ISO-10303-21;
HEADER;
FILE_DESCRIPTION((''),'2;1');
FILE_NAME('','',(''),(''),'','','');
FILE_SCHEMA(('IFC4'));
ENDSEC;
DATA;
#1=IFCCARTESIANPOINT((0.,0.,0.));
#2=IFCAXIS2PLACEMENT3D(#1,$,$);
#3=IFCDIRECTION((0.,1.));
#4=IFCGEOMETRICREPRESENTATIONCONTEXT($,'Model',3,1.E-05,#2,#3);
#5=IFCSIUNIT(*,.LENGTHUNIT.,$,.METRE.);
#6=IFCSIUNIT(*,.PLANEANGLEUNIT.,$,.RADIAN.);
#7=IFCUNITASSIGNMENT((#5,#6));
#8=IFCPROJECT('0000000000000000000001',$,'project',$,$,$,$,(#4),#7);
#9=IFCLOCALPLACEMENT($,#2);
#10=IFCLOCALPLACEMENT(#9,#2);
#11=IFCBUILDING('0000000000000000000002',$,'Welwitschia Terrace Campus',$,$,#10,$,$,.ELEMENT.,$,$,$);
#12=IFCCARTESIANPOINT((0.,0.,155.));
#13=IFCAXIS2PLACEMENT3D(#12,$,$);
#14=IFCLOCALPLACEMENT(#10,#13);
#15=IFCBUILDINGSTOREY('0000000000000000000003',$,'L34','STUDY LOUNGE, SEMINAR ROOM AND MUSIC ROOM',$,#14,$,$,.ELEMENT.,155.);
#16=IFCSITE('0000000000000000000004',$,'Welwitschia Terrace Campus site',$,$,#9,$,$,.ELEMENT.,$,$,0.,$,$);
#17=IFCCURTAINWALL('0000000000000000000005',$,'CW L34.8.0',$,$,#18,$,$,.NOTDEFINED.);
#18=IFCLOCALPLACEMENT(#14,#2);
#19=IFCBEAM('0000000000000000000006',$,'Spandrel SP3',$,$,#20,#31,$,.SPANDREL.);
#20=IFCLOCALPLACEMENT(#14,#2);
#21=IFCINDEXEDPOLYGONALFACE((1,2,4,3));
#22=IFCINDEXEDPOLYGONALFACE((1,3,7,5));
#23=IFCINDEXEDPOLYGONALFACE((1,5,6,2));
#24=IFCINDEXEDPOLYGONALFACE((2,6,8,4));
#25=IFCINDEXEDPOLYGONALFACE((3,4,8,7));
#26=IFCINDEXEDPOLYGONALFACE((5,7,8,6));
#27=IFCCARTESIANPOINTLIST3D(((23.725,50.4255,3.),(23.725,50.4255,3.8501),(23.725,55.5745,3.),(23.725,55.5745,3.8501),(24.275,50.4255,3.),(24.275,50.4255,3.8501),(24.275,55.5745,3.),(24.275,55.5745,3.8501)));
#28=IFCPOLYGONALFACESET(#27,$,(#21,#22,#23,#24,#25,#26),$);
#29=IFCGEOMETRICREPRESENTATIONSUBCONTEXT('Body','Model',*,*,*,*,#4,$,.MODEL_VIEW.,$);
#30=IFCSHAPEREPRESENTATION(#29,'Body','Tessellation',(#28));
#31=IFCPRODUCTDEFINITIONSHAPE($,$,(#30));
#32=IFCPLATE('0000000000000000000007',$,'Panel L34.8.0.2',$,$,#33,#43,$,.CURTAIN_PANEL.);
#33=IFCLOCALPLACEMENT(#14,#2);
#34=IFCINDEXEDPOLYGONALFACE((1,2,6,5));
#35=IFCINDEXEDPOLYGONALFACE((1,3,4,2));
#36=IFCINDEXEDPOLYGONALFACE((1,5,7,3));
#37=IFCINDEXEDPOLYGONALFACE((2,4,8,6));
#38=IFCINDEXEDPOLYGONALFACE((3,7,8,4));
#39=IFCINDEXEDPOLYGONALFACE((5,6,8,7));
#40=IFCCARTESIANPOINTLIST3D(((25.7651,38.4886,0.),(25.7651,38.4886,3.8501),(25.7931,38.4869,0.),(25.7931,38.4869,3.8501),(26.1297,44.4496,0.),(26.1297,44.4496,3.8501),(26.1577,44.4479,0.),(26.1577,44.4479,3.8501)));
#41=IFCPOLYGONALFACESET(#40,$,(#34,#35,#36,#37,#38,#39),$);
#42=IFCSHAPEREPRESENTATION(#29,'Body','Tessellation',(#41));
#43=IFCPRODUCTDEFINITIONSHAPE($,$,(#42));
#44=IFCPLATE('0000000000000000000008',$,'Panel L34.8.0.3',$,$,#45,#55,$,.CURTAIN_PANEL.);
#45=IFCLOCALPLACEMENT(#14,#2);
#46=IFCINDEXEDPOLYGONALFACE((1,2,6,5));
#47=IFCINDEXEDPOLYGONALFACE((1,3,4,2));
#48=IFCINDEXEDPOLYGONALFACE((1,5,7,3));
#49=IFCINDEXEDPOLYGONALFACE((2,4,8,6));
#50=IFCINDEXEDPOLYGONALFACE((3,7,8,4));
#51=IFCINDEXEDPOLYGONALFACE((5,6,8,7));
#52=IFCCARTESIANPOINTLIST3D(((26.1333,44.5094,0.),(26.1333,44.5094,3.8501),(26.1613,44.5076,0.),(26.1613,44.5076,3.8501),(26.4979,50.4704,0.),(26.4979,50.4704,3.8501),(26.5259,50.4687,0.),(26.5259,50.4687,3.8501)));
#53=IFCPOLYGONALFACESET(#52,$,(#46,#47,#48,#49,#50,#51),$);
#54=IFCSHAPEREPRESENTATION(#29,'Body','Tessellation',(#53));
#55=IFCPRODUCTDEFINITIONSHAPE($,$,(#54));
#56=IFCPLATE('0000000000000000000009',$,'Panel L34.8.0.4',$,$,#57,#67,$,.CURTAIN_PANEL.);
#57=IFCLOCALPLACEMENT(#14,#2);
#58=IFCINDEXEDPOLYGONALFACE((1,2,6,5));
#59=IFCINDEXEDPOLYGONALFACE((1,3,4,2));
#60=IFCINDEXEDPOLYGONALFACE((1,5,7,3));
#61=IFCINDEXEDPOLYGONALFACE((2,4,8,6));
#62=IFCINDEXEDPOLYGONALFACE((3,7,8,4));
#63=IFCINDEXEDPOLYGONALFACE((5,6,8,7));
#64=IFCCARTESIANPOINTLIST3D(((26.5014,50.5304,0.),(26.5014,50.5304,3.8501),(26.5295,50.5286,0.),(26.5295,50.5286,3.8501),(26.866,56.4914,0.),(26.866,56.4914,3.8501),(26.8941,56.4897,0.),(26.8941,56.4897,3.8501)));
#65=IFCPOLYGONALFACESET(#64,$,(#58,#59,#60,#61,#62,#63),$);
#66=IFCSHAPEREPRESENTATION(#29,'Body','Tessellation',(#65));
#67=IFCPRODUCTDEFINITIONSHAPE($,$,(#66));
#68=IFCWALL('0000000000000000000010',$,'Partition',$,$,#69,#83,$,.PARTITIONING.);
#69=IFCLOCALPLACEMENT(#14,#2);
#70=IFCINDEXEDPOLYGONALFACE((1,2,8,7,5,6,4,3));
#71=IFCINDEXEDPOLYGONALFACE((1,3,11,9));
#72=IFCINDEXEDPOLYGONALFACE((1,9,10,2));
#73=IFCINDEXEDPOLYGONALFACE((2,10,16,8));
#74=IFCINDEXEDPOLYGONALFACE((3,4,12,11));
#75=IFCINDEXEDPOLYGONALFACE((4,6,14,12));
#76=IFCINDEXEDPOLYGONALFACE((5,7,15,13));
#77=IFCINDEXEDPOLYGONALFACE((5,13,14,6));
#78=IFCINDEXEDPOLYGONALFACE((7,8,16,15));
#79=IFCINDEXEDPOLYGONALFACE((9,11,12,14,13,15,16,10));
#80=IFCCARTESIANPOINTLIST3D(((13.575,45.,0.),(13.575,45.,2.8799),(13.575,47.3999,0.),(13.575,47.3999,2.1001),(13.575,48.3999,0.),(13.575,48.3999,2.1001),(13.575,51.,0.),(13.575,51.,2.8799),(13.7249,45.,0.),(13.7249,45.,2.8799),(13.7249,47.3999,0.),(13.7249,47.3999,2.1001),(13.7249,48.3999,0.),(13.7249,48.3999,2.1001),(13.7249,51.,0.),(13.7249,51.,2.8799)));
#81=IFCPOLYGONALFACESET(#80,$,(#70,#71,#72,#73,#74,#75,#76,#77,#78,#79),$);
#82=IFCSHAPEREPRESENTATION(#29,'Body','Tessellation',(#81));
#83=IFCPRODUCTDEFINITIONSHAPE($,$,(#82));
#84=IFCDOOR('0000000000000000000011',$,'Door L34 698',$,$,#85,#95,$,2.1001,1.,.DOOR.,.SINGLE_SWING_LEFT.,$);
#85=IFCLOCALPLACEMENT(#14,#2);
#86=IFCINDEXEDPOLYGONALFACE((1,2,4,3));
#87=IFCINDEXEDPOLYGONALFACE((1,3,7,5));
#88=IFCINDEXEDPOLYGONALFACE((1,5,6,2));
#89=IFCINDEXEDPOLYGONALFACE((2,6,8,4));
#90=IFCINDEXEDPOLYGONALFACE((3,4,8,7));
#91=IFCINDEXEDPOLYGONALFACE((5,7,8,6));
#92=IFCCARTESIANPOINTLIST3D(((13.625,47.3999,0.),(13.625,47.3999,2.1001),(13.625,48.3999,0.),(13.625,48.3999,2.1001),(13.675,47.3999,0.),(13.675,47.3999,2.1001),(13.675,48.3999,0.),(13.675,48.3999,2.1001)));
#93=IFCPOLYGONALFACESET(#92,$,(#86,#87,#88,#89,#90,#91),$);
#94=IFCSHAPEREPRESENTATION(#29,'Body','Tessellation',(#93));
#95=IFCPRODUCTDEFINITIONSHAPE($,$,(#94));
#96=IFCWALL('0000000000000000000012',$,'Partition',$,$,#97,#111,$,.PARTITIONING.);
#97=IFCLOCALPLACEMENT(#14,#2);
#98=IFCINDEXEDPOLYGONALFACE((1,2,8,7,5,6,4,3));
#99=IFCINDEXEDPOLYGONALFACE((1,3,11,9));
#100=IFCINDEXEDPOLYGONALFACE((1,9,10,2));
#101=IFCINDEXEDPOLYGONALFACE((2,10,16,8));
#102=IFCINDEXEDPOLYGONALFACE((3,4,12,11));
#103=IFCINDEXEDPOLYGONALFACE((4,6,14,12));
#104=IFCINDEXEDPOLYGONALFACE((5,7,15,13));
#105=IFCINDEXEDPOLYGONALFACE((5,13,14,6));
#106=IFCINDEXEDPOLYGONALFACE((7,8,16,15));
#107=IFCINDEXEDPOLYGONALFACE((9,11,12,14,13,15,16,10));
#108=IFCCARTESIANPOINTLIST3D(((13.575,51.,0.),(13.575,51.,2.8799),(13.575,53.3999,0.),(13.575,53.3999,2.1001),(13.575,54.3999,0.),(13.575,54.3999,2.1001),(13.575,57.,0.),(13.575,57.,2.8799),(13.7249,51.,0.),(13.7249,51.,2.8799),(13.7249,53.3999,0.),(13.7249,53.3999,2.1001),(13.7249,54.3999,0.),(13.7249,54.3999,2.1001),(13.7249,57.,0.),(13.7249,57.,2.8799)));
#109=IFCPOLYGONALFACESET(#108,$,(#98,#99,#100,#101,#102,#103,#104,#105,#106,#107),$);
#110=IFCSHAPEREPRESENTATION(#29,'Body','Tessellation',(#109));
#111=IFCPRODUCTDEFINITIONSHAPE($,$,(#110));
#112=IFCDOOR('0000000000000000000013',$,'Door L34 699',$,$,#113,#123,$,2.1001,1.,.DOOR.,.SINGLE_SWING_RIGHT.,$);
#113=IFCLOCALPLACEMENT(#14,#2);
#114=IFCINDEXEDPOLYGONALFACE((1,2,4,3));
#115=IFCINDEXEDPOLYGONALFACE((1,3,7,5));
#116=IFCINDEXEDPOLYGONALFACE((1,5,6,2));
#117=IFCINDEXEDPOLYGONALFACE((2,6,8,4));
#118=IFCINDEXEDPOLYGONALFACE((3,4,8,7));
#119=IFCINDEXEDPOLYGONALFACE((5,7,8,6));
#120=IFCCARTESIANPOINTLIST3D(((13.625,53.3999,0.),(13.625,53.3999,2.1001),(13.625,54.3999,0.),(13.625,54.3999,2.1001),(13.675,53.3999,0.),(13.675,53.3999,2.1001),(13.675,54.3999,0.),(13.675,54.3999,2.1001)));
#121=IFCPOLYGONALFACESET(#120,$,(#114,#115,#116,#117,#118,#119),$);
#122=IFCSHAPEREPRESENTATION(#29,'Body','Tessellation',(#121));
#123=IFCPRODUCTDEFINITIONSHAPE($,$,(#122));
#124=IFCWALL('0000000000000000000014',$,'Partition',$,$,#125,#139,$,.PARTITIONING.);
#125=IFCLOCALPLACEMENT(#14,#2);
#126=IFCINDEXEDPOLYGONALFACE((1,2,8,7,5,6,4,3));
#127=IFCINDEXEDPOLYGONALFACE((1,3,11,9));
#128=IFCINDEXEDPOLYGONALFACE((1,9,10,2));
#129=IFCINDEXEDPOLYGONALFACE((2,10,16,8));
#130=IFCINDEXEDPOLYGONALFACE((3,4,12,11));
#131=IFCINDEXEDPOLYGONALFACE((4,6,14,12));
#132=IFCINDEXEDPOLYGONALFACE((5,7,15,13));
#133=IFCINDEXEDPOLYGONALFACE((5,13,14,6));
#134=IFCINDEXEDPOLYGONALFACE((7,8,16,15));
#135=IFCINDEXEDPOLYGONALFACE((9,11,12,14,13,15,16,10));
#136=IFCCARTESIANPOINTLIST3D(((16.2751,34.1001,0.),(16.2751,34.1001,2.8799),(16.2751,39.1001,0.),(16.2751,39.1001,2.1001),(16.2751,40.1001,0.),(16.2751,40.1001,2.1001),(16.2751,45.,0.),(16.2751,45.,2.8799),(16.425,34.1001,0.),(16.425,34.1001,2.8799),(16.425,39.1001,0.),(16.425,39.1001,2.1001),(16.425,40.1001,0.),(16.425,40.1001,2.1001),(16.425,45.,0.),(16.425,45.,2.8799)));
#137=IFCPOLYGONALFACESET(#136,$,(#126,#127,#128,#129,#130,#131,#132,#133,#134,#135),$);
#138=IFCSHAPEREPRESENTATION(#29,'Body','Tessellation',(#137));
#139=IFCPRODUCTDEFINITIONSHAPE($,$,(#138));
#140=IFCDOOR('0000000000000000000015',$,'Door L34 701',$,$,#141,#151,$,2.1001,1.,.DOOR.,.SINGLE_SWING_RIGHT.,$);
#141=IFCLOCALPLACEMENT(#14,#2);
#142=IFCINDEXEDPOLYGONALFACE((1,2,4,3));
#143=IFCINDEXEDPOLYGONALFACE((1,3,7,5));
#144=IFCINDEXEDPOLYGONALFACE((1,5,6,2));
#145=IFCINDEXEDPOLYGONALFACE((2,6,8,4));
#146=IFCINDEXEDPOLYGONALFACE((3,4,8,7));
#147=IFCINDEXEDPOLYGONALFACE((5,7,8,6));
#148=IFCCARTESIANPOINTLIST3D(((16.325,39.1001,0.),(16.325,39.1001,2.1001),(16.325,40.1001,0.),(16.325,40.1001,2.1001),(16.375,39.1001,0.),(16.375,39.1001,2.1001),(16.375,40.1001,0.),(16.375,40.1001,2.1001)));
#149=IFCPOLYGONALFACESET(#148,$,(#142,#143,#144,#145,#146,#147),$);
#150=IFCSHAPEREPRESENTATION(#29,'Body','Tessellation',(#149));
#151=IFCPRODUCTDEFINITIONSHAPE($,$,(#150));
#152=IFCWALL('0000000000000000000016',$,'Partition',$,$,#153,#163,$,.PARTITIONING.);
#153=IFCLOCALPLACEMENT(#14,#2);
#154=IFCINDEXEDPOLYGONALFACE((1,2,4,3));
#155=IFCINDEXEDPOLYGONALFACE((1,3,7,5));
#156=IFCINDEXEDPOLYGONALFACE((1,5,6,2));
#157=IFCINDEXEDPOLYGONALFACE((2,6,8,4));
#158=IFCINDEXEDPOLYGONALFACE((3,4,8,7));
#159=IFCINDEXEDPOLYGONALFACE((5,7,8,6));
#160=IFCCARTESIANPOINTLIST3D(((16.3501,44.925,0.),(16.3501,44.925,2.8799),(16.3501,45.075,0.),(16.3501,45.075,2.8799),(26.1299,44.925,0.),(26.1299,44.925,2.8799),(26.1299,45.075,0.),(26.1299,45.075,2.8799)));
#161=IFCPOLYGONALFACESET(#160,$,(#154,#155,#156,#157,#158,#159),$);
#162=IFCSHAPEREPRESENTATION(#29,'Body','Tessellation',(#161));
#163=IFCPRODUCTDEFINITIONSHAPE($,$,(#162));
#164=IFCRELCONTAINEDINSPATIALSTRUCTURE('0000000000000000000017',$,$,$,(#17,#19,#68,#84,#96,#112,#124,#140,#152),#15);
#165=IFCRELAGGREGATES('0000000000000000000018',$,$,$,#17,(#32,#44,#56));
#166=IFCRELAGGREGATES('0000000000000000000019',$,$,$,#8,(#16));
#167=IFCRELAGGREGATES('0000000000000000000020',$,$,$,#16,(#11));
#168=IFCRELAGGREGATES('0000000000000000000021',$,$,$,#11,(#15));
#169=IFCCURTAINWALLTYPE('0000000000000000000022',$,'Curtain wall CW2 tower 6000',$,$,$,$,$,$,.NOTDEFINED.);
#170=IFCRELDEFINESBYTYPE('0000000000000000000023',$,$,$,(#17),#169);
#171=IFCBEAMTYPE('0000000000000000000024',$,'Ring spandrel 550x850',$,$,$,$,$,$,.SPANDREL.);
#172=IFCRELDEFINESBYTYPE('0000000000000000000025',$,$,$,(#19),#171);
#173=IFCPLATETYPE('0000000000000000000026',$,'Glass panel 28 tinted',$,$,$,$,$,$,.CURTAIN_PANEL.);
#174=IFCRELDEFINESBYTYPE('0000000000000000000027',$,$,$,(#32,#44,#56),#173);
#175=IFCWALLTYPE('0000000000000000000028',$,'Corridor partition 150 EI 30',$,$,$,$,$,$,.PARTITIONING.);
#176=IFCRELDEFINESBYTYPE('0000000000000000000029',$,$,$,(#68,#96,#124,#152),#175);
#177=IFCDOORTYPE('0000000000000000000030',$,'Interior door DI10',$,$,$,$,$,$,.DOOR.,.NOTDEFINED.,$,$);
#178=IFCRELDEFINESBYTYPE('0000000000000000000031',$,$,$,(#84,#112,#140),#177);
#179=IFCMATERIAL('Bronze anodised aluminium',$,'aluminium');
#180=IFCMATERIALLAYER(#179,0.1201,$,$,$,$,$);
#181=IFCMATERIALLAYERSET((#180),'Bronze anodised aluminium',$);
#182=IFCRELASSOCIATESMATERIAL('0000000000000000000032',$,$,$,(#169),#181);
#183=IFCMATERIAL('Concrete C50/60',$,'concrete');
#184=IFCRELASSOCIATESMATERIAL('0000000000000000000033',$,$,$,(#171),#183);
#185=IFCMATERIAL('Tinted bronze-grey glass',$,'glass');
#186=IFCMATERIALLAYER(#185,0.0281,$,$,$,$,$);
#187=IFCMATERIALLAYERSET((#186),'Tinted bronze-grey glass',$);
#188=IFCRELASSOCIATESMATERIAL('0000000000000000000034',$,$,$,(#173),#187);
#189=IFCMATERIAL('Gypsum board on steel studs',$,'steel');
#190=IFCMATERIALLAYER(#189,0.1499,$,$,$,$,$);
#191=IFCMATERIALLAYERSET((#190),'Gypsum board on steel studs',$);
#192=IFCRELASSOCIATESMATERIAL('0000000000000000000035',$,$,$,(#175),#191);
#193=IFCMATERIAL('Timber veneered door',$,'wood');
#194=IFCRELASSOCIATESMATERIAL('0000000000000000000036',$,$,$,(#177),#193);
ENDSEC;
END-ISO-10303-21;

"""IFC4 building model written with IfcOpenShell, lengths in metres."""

from ifc_helpers import new_model, si_unit, direction, frame, frame_2d, origin, origin_2d, place, context, subcontext, project, spatial, rectangle, extrude, material, layer, layer_set, material_profile, profile_set, type_object, element, fill, aggregate, save


model = new_model("IFC4")

# Units and contexts
model_context = context("Model", 3, precision=1e-05, world=origin(), true_north=direction((0.0, 1.0)))
body_context = subcontext(model_context, "Body", "Model", "MODEL_VIEW")
ifc_project = project(units=[si_unit("LENGTHUNIT", "METRE"), si_unit("PLANEANGLEUNIT", "RADIAN")], contexts=[model_context])

# Site, building, storey
site_placement = place(None, origin())
site = spatial("IfcSite", under=ifc_project, at=site_placement, Name="Welwitschia Terrace Campus site", CompositionType="ELEMENT", RefElevation=0.0)
building_placement = place(site_placement, origin())
building = spatial("IfcBuilding", under=site, at=building_placement, Name="Welwitschia Terrace Campus", CompositionType="ELEMENT")
storey_placement = place(building_placement, frame((0.0, 0.0, 155.0)))
storey = spatial("IfcBuildingStorey", under=building, at=storey_placement, Name="L34", Description="STUDY LOUNGE, SEMINAR ROOM AND MUSIC ROOM", CompositionType="ELEMENT", Elevation=155.0)

# Curtain wall
ifc_material_1 = material(Name="Bronze anodised aluminium", Category="aluminium")
ifc_layer_1 = layer(ifc_material_1, 0.1201)
ifc_layer_set_1 = layer_set([ifc_layer_1], Name="Bronze anodised aluminium")
curtain_wall_type = type_object("IfcCurtainWallType", Name="Curtain wall CW2 tower 6000", PredefinedType="NOTDEFINED", material=ifc_layer_set_1)
curtain_wall_placement = place(storey_placement, origin())
curtain_wall = element("IfcCurtainWall", 1, at=curtain_wall_placement, inside=storey, type_object=curtain_wall_type, Name="CW L34.8.0", PredefinedType="NOTDEFINED")

# Beam
ifc_material_2 = material(Name="Concrete C50/60", Category="concrete")
ifc_material_profile_1 = material_profile(ifc_material_2, rectangle(XDim=0.55, YDim=0.8501, at=origin_2d()))
ifc_profile_set_1 = profile_set([ifc_material_profile_1], Name="Concrete C50/60")
beam_type_1 = type_object("IfcBeamType", Name="Ring spandrel 550x850", PredefinedType="SPANDREL", material=ifc_profile_set_1)
for number, where, z_axis, x_axis, name in (
    (2, (24.0, 50.4255, 3.425), (0.0, 1.0, 0.0), (-1.0, 0.0, 0.0), "Spandrel SP3"),
):
    element("IfcBeam", number, at=place(storey_placement, frame(where, z_axis=z_axis, x_axis=x_axis)), inside=storey, type_object=beam_type_1, Name=name, PredefinedType="SPANDREL", context=body_context, shape_type="SweptSolid", body=[
        extrude(rectangle(XDim=0.55, YDim=0.8501, at=origin_2d()), origin(), (0.0, 0.0, 1.0), 5.1489),
    ])

# Plates
ifc_material_3 = material(Name="Tinted bronze-grey glass", Category="glass")
ifc_layer_2 = layer(ifc_material_3, 0.0281)
ifc_layer_set_2 = layer_set([ifc_layer_2], Name="Tinted bronze-grey glass")
plate_type = type_object("IfcPlateType", Name="Glass panel 28 tinted", PredefinedType="CURTAIN_PANEL", material=ifc_layer_set_2)
plate_1_placement = place(storey_placement, frame((25.9614, 41.4683, 0.0), z_axis=(0.0, 0.0, 1.0), x_axis=(0.061049, 0.998135, 0.0)))
plate_1 = element("IfcPlate", 3, at=plate_1_placement, type_object=plate_type, Name="Panel L34.8.0.2", PredefinedType="CURTAIN_PANEL", context=body_context, shape_type="SweptSolid", body=[
    extrude(rectangle(XDim=5.9722, YDim=0.0281, at=origin_2d()), origin(), (0.0, 0.0, 1.0), 3.8501),
])
plate_2_placement = place(storey_placement, frame((26.3296, 47.489, 0.0), z_axis=(0.0, 0.0, 1.0), x_axis=(0.061049, 0.998135, 0.0)))
plate_2 = element("IfcPlate", 4, at=plate_2_placement, type_object=plate_type, Name="Panel L34.8.0.3", PredefinedType="CURTAIN_PANEL", context=body_context, shape_type="SweptSolid", body=[
    extrude(rectangle(XDim=5.9722, YDim=0.0281, at=origin_2d()), origin(), (0.0, 0.0, 1.0), 3.8501),
])
plate_3_placement = place(storey_placement, frame((26.6978, 53.51, 0.0), z_axis=(0.0, 0.0, 1.0), x_axis=(0.061049, 0.998135, 0.0)))
plate_3 = element("IfcPlate", 5, at=plate_3_placement, type_object=plate_type, Name="Panel L34.8.0.4", PredefinedType="CURTAIN_PANEL", context=body_context, shape_type="SweptSolid", body=[
    extrude(rectangle(XDim=5.9722, YDim=0.0281, at=origin_2d()), origin(), (0.0, 0.0, 1.0), 3.8501),
])
aggregate(curtain_wall, [plate_1, plate_2, plate_3])

# Walls, openings, doors
ifc_material_4 = material(Name="Gypsum board on steel studs", Category="steel")
ifc_layer_3 = layer(ifc_material_4, 0.1499)
ifc_layer_set_3 = layer_set([ifc_layer_3], Name="Gypsum board on steel studs")
wall_type = type_object("IfcWallType", Name="Corridor partition 150 EI 30", PredefinedType="PARTITIONING", material=ifc_layer_set_3)
wall_1_placement = place(storey_placement, frame((13.6499, 45.0, 0.0), z_axis=(0.0, 0.0, 1.0), x_axis=(0.0, 1.0, 0.0)))
wall_1 = element("IfcWall", 6, at=wall_1_placement, inside=storey, type_object=wall_type, Name="Partition", PredefinedType="PARTITIONING", context=body_context, shape_type="SweptSolid", body=[
    extrude(rectangle(XDim=6.0, YDim=0.1499, at=frame_2d((3.0, 0.0))), origin(), (0.0, 0.0, 1.0), 2.8799),
])
opening_1_placement = place(wall_1_placement, frame((2.3999, 0.0, 0.0)))
opening_1 = element("IfcOpeningElement", 7, at=opening_1_placement, cuts=wall_1, PredefinedType="OPENING", context=body_context, shape_type="SweptSolid", body=[
    extrude(rectangle(XDim=1.0, YDim=2.1001, at=frame_2d((0.5, 1.05))), frame((0.0, 0.085, 0.0), z_axis=(0.0, -1.0, 0.0), x_axis=(1.0, 0.0, 0.0)), (0.0, 0.0, 1.0), 0.1699),
])
ifc_material_5 = material(Name="Timber veneered door", Category="wood")
door_type = type_object("IfcDoorType", Name="Interior door DI10", OperationType="NOTDEFINED", PredefinedType="DOOR", material=ifc_material_5)
door_1_placement = place(opening_1_placement, origin())
door_1 = element("IfcDoor", 8, at=door_1_placement, inside=storey, type_object=door_type, Name="Door L34 698", OperationType="SINGLE_SWING_LEFT", OverallHeight=2.1001, OverallWidth=1.0, PredefinedType="DOOR", context=body_context, shape_type="SweptSolid", body=[
    extrude(rectangle(XDim=1.0, YDim=2.1001, at=frame_2d((0.5, 1.05))), frame((0.0, 0.0249, 0.0), z_axis=(0.0, -1.0, 0.0), x_axis=(1.0, 0.0, 0.0)), (0.0, 0.0, 1.0), 0.05),
])
fill(opening_1, door_1)
wall_2_placement = place(storey_placement, frame((13.6499, 51.0, 0.0), z_axis=(0.0, 0.0, 1.0), x_axis=(0.0, 1.0, 0.0)))
wall_2 = element("IfcWall", 9, at=wall_2_placement, inside=storey, type_object=wall_type, Name="Partition", PredefinedType="PARTITIONING", context=body_context, shape_type="SweptSolid", body=[
    extrude(rectangle(XDim=6.0, YDim=0.1499, at=frame_2d((3.0, 0.0))), origin(), (0.0, 0.0, 1.0), 2.8799),
])
opening_2_placement = place(wall_2_placement, frame((2.3999, 0.0, 0.0)))
opening_2 = element("IfcOpeningElement", 10, at=opening_2_placement, cuts=wall_2, PredefinedType="OPENING", context=body_context, shape_type="SweptSolid", body=[
    extrude(rectangle(XDim=1.0, YDim=2.1001, at=frame_2d((0.5, 1.05))), frame((0.0, 0.085, 0.0), z_axis=(0.0, -1.0, 0.0), x_axis=(1.0, 0.0, 0.0)), (0.0, 0.0, 1.0), 0.1699),
])
door_2_placement = place(opening_2_placement, origin())
door_2 = element("IfcDoor", 11, at=door_2_placement, inside=storey, type_object=door_type, Name="Door L34 699", OperationType="SINGLE_SWING_RIGHT", OverallHeight=2.1001, OverallWidth=1.0, PredefinedType="DOOR", context=body_context, shape_type="SweptSolid", body=[
    extrude(rectangle(XDim=1.0, YDim=2.1001, at=frame_2d((0.5, 1.05))), frame((0.0, 0.0249, 0.0), z_axis=(0.0, -1.0, 0.0), x_axis=(1.0, 0.0, 0.0)), (0.0, 0.0, 1.0), 0.05),
])
fill(opening_2, door_2)
wall_3_placement = place(storey_placement, frame((16.3501, 45.0, 0.0), z_axis=(0.0, 0.0, 1.0), x_axis=(0.0, -1.0, 0.0)))
wall_3 = element("IfcWall", 12, at=wall_3_placement, inside=storey, type_object=wall_type, Name="Partition", PredefinedType="PARTITIONING", context=body_context, shape_type="SweptSolid", body=[
    extrude(rectangle(XDim=10.8999, YDim=0.1499, at=frame_2d((5.45, 0.0))), origin(), (0.0, 0.0, 1.0), 2.8799),
])
opening_3_placement = place(wall_3_placement, frame((4.8999, 0.0, 0.0)))
opening_3 = element("IfcOpeningElement", 13, at=opening_3_placement, cuts=wall_3, PredefinedType="OPENING", context=body_context, shape_type="SweptSolid", body=[
    extrude(rectangle(XDim=1.0, YDim=2.1001, at=frame_2d((0.5, 1.05))), frame((0.0, 0.085, 0.0), z_axis=(0.0, -1.0, 0.0), x_axis=(1.0, 0.0, 0.0)), (0.0, 0.0, 1.0), 0.1699),
])
door_3_placement = place(opening_3_placement, origin())
door_3 = element("IfcDoor", 14, at=door_3_placement, inside=storey, type_object=door_type, Name="Door L34 701", OperationType="SINGLE_SWING_RIGHT", OverallHeight=2.1001, OverallWidth=1.0, PredefinedType="DOOR", context=body_context, shape_type="SweptSolid", body=[
    extrude(rectangle(XDim=1.0, YDim=2.1001, at=frame_2d((0.5, 1.05))), frame((0.0, 0.0249, 0.0), z_axis=(0.0, -1.0, 0.0), x_axis=(1.0, 0.0, 0.0)), (0.0, 0.0, 1.0), 0.05),
])
fill(opening_3, door_3)

# Wall
wall_4_placement = place(storey_placement, frame((16.3501, 45.0, 0.0), z_axis=(0.0, 0.0, 1.0), x_axis=(1.0, 0.0, 0.0)))
element("IfcWall", 15, at=wall_4_placement, inside=storey, type_object=wall_type, Name="Partition", PredefinedType="PARTITIONING", context=body_context, shape_type="SweptSolid", body=[
    extrude(rectangle(XDim=9.7798, YDim=0.1499, at=frame_2d((4.8899, 0.0))), origin(), (0.0, 0.0, 1.0), 2.8799),
])

save(model, "model.ifc")
